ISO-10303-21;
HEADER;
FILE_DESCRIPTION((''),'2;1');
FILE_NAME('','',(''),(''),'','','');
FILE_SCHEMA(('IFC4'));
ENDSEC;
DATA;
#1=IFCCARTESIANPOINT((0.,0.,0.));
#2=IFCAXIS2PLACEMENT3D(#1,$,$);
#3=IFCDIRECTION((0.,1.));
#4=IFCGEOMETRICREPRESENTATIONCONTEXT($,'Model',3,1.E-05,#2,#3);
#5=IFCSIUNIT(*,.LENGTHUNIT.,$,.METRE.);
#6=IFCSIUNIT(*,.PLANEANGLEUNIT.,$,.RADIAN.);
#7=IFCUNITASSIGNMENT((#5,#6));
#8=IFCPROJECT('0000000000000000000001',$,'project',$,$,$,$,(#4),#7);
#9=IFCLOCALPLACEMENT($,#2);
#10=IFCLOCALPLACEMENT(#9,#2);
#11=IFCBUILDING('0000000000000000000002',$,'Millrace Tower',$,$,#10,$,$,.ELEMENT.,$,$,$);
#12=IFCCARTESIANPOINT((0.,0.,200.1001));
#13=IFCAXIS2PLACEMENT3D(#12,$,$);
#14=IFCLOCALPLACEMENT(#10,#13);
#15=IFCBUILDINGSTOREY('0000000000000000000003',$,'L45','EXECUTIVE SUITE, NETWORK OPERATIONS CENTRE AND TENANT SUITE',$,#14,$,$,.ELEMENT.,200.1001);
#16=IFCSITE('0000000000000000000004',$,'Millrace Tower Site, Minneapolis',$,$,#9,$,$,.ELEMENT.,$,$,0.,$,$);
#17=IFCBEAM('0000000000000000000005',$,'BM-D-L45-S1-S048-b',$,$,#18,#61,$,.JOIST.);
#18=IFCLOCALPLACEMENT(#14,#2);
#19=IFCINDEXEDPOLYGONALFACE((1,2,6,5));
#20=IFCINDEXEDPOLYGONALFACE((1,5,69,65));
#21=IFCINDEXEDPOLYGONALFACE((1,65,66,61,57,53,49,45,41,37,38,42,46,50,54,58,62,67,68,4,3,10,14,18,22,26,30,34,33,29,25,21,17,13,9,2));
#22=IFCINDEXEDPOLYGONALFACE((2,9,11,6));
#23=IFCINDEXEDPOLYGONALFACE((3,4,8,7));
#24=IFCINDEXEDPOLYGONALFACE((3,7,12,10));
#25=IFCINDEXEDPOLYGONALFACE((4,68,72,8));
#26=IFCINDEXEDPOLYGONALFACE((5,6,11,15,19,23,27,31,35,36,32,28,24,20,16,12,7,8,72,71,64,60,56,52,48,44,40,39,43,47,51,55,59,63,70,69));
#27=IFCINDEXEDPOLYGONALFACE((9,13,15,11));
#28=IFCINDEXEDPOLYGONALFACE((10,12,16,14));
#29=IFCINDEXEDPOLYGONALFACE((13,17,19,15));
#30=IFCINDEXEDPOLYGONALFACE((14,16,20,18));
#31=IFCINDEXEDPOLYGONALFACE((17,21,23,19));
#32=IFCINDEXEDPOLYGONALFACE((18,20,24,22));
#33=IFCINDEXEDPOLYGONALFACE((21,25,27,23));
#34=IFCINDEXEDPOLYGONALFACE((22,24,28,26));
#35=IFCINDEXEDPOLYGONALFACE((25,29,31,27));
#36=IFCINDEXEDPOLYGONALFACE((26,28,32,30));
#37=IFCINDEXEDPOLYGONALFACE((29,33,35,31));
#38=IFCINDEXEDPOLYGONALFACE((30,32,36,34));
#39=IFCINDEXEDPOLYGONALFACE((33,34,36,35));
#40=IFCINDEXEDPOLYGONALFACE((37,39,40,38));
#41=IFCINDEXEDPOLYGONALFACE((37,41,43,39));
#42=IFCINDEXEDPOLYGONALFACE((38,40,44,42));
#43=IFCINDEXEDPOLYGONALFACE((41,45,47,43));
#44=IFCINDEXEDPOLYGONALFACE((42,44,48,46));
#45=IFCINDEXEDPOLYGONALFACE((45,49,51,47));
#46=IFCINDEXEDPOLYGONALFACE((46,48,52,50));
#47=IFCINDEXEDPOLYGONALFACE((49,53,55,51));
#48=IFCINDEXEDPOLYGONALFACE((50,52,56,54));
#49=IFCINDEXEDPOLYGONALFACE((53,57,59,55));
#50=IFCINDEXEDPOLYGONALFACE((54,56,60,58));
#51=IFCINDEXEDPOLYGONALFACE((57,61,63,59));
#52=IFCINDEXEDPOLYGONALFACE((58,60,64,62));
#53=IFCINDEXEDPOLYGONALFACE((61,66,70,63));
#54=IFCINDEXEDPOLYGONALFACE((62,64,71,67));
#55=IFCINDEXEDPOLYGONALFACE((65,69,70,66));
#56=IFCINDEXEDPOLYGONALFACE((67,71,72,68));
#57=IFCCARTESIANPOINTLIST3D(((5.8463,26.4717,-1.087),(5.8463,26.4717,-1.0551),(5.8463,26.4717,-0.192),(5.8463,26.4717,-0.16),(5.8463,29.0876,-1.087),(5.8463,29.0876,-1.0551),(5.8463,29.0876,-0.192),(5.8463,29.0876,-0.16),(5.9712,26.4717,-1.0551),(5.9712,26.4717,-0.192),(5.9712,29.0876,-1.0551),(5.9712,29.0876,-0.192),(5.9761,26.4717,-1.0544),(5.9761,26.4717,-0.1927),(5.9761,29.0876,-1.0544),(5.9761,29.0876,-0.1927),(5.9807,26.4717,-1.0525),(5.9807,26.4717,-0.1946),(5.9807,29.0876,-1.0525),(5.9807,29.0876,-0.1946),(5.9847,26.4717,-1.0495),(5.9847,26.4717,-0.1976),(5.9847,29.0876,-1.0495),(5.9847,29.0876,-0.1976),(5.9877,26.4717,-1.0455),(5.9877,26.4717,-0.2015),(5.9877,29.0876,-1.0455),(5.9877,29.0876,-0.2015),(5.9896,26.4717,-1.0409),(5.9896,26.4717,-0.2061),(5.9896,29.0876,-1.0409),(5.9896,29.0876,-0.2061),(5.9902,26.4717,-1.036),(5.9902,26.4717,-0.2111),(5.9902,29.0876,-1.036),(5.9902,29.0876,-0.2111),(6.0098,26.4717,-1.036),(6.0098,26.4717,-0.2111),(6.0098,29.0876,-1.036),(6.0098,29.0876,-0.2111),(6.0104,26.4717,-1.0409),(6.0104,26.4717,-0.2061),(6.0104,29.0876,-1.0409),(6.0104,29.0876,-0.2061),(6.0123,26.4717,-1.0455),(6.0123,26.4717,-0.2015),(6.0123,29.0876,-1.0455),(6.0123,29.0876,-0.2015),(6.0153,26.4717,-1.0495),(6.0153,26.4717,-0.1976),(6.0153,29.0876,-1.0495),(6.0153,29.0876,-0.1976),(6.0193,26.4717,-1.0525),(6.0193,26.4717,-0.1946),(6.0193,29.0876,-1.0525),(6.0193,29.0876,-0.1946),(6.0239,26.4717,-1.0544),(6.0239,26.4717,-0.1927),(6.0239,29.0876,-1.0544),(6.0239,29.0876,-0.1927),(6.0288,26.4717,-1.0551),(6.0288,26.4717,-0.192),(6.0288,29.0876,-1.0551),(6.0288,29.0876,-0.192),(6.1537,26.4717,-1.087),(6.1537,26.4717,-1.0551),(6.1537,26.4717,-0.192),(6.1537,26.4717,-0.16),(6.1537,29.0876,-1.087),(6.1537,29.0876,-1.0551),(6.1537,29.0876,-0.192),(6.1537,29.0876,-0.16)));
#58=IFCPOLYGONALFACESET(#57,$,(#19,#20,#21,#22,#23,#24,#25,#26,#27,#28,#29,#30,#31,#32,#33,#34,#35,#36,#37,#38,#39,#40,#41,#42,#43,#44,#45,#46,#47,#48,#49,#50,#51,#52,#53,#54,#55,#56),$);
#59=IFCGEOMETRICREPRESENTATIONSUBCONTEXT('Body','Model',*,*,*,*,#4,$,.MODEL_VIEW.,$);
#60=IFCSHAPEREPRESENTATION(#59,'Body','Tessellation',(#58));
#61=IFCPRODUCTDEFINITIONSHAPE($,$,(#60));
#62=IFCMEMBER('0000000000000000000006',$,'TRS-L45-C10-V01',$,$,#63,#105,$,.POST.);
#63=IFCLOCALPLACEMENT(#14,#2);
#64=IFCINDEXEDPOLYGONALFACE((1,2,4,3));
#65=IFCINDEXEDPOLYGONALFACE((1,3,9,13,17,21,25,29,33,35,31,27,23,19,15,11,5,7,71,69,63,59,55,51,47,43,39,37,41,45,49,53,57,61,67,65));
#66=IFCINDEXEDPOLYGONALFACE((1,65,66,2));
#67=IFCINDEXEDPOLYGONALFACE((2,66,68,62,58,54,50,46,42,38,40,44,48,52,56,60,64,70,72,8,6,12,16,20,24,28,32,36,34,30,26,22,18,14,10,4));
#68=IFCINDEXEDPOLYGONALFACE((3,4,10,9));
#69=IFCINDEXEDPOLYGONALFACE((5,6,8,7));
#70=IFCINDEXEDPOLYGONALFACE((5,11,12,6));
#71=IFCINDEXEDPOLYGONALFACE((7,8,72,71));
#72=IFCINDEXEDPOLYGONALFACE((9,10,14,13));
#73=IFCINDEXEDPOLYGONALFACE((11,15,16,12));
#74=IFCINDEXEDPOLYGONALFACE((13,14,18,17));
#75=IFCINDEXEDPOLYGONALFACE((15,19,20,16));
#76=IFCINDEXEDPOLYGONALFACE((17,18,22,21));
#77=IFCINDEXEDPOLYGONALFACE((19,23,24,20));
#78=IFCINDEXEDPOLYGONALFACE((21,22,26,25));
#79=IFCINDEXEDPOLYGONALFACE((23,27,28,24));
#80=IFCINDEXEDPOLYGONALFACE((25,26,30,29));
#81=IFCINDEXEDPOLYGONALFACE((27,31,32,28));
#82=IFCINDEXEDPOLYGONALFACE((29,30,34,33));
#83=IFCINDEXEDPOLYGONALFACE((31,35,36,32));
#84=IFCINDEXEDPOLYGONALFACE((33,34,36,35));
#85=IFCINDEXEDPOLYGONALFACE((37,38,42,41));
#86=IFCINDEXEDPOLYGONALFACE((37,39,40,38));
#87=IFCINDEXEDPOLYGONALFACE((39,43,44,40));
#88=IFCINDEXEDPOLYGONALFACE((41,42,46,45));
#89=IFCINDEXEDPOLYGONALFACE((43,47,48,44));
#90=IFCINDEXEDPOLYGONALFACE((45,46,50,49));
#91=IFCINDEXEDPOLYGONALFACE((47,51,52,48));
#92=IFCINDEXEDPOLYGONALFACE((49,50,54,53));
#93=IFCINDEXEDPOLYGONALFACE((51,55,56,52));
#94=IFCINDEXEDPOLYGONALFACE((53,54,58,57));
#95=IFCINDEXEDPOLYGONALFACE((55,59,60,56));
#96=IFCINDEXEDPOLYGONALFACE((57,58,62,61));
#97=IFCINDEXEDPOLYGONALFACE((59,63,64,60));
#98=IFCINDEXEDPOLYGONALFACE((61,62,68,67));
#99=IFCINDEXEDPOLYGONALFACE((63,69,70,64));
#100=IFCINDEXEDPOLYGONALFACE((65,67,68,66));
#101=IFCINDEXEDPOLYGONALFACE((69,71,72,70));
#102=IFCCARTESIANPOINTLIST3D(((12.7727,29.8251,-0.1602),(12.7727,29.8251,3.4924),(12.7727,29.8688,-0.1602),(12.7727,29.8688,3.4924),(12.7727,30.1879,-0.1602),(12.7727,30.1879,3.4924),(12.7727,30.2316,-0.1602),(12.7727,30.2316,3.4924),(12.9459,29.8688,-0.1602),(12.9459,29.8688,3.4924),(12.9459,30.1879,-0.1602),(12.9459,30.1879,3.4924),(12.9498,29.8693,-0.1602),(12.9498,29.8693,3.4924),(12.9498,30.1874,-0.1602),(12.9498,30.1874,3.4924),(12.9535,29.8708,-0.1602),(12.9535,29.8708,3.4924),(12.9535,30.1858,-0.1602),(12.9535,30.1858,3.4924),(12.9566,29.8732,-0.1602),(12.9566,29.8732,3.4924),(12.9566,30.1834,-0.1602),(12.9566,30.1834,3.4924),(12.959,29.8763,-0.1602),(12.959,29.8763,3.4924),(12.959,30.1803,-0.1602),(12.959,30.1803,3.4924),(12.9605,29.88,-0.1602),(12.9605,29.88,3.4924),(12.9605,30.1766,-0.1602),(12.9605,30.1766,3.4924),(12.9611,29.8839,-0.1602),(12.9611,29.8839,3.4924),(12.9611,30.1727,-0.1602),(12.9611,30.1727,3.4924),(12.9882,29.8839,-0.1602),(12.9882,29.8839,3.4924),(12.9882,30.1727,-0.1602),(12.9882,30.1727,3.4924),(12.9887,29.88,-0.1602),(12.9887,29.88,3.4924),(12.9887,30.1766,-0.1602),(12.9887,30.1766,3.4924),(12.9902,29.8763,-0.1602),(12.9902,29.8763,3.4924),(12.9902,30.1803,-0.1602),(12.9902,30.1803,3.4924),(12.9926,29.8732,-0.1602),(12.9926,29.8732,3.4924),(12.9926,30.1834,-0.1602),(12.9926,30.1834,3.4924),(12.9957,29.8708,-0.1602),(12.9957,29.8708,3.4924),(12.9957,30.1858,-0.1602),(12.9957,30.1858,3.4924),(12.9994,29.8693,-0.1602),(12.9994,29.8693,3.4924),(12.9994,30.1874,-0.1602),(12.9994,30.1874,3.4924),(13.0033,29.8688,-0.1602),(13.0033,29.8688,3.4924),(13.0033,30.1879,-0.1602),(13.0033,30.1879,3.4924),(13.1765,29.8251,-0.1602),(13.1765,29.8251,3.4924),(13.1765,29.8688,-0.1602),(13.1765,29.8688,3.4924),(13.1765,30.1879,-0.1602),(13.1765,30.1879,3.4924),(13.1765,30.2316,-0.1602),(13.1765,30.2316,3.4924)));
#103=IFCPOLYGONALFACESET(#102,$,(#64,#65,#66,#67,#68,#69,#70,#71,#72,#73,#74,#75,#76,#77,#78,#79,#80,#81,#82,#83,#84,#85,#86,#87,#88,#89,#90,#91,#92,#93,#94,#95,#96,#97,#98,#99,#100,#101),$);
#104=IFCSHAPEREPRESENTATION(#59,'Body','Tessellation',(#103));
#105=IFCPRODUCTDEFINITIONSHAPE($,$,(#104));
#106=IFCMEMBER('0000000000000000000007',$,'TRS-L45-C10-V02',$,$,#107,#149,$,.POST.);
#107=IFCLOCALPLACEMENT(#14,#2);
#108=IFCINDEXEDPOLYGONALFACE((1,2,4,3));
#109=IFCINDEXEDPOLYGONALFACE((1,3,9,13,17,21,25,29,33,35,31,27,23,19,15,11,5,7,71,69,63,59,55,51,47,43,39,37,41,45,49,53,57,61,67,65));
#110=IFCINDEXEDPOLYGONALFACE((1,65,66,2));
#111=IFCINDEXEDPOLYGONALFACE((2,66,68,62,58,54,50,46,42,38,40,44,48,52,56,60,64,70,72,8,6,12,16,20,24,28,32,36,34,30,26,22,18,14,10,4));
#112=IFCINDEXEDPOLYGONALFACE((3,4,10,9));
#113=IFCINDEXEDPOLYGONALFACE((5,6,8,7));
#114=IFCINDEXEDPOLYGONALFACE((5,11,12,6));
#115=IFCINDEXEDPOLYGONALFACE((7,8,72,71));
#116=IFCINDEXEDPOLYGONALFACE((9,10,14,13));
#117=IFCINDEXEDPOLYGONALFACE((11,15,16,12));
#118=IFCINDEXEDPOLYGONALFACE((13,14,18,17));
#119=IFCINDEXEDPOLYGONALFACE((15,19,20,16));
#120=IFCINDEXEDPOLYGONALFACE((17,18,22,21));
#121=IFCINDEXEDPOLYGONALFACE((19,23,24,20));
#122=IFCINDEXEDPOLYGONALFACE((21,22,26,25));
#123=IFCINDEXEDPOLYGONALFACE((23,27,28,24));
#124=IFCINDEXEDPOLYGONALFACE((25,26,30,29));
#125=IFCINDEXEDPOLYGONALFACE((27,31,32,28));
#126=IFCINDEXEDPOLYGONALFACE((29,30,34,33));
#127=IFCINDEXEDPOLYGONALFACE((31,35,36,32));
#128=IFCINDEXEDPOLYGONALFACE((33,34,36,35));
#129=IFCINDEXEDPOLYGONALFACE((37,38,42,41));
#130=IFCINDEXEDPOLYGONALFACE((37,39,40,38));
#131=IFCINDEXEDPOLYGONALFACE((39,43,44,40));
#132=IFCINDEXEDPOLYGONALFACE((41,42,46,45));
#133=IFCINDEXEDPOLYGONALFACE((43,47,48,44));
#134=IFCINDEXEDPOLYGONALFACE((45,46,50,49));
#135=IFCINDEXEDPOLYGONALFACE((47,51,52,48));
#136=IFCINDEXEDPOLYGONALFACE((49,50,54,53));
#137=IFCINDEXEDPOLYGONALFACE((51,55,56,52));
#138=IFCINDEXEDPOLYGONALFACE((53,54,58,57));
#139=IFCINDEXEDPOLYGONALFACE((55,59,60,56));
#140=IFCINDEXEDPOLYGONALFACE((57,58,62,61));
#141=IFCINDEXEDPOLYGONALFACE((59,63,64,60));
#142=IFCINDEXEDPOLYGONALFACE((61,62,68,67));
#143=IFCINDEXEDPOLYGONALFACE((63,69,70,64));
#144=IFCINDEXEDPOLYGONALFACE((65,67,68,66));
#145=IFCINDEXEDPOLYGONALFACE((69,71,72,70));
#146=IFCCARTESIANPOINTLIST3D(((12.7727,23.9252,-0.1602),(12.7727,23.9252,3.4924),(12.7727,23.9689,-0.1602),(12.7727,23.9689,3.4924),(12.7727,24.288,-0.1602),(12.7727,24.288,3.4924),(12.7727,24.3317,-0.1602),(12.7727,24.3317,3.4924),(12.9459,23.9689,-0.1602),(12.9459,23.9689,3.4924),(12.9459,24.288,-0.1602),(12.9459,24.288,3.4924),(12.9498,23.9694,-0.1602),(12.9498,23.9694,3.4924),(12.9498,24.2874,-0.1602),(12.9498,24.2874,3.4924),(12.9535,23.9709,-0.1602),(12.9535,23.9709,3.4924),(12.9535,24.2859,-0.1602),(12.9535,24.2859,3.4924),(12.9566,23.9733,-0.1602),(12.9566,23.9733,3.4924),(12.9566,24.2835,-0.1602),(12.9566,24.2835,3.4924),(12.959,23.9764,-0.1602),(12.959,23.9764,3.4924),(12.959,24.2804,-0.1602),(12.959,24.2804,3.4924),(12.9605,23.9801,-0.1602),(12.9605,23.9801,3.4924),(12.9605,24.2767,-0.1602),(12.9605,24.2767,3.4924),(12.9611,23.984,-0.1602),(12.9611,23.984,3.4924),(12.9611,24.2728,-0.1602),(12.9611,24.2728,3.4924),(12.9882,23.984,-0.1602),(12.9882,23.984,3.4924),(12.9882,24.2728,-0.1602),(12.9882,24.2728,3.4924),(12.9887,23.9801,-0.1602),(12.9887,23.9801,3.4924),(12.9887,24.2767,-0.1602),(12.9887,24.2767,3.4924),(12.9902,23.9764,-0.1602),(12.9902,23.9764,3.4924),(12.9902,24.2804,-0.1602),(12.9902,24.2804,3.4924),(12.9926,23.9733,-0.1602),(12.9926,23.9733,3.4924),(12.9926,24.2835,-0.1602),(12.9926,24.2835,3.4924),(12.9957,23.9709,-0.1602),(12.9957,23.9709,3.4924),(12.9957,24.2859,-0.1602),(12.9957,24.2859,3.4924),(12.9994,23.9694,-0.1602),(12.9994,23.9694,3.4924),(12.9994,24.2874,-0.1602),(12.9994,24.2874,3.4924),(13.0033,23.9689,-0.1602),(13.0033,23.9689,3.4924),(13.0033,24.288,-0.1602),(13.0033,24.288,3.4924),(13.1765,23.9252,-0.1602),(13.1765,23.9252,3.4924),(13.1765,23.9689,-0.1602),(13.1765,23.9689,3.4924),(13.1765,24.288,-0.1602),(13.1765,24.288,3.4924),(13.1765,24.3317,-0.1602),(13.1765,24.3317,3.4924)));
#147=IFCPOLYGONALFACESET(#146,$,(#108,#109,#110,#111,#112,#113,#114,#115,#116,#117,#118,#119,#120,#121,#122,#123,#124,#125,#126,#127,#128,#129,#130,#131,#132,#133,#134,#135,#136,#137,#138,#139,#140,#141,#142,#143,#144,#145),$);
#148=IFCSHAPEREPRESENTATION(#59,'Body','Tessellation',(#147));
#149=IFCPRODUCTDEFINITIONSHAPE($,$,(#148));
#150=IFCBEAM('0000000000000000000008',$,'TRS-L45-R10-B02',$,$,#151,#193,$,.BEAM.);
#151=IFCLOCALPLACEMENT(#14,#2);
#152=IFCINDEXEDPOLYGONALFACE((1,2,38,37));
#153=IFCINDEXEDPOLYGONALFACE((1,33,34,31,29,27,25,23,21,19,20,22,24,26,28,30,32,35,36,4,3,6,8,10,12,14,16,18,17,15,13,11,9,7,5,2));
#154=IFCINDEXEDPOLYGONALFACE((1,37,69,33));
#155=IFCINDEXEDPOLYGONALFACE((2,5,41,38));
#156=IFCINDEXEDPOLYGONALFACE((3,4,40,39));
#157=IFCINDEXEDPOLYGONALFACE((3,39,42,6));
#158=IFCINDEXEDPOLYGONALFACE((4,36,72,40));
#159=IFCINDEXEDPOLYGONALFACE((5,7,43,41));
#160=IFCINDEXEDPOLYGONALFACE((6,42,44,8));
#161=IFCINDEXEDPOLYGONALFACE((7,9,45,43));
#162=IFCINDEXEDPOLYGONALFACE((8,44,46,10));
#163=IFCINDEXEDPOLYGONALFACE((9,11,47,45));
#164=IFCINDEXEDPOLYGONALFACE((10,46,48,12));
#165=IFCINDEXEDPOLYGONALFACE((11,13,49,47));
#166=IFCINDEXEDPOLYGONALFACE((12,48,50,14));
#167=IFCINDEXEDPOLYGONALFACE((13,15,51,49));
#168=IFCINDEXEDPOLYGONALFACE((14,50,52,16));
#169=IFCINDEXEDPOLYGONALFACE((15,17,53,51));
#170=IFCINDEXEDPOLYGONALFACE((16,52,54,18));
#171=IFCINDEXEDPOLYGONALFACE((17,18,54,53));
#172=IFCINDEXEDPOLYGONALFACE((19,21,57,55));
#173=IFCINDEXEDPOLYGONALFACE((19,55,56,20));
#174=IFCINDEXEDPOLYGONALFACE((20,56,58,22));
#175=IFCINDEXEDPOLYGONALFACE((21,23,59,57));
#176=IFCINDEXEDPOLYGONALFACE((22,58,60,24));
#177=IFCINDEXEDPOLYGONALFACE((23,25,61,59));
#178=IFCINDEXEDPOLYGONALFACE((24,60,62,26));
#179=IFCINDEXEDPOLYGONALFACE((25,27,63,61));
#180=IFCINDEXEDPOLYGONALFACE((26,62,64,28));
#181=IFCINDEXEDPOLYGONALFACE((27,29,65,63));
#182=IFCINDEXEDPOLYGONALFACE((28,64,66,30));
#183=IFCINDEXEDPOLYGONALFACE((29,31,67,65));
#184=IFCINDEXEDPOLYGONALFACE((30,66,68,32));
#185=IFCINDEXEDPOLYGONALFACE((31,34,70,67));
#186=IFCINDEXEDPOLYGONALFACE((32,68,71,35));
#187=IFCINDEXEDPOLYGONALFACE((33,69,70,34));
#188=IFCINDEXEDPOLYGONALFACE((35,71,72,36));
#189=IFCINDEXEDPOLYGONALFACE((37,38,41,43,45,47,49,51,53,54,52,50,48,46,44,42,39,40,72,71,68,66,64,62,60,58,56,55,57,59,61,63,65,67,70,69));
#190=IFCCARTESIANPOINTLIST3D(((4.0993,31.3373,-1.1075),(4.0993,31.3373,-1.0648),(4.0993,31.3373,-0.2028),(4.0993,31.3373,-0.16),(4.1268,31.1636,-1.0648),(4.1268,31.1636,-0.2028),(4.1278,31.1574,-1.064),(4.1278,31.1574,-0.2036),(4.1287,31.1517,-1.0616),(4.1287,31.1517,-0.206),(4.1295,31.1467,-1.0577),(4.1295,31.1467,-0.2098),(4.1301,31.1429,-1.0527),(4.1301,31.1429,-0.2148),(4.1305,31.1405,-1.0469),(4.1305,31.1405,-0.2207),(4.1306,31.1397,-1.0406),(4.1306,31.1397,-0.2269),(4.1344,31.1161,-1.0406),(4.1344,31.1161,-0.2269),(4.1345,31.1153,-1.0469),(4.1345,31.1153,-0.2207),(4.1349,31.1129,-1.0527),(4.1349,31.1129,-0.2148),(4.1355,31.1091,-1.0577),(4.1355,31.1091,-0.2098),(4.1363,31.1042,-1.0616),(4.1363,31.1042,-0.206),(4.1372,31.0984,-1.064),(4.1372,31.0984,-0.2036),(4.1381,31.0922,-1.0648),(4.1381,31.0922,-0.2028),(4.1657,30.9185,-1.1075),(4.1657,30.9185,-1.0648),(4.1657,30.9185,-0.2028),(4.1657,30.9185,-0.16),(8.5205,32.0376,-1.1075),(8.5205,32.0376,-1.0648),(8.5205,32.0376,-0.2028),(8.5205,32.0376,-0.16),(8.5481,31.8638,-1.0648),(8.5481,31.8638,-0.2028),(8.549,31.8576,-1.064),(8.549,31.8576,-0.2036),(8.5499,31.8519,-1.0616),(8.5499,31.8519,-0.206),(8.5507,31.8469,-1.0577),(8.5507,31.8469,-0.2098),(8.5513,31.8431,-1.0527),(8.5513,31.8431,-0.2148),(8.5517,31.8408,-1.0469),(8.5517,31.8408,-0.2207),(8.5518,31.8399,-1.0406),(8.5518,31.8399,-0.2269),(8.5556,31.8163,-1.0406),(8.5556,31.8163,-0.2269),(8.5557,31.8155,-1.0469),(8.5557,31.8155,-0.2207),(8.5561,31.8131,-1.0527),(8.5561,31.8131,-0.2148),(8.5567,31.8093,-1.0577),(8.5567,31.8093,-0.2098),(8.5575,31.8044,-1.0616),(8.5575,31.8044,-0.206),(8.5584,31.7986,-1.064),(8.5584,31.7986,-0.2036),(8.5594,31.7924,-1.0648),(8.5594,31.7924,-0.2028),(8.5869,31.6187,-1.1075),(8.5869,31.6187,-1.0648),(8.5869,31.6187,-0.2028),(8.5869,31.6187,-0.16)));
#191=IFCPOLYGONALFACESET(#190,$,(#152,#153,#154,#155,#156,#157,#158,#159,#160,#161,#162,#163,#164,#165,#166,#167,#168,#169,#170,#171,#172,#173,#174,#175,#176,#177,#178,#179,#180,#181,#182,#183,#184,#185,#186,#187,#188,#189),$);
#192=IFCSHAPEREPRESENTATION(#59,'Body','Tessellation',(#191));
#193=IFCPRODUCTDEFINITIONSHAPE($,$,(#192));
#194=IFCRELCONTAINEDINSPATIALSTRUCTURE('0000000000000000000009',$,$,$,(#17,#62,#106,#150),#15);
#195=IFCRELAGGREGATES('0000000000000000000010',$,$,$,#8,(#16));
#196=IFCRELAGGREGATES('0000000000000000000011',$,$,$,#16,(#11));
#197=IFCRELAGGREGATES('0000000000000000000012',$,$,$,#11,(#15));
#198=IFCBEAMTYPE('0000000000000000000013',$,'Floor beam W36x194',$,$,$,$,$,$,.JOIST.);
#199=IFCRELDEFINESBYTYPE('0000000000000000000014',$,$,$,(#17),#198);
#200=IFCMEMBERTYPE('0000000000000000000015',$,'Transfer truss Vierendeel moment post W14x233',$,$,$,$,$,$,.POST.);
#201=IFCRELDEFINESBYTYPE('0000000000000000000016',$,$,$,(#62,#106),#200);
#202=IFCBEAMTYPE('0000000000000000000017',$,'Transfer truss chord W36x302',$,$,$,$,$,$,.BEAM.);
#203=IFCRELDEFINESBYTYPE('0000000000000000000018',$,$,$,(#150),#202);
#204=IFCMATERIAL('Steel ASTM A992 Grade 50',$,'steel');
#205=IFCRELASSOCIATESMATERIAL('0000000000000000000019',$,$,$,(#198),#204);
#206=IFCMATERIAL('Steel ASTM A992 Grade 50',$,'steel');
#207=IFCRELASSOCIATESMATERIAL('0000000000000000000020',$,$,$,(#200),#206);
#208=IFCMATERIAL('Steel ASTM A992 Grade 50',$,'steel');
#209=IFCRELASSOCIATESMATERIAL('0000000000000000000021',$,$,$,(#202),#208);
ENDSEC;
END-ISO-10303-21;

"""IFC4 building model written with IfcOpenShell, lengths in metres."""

from ifc_helpers import new_model, si_unit, direction, frame, origin, origin_2d, place, context, subcontext, project, spatial, i_section, extrude, material, material_profile, profile_set, type_object, element, save


model = new_model("IFC4")

# Units and contexts
model_context = context("Model", 3, precision=1e-05, world=origin(), true_north=direction((0.0, 1.0)))
body_context = subcontext(model_context, "Body", "Model", "MODEL_VIEW")
ifc_project = project(units=[si_unit("LENGTHUNIT", "METRE"), si_unit("PLANEANGLEUNIT", "RADIAN")], contexts=[model_context])

# Site, building, storey
site_placement = place(None, origin())
site = spatial("IfcSite", under=ifc_project, at=site_placement, Name="Millrace Tower Site, Minneapolis", CompositionType="ELEMENT", RefElevation=0.0)
building_placement = place(site_placement, origin())
building = spatial("IfcBuilding", under=site, at=building_placement, Name="Millrace Tower", CompositionType="ELEMENT")
storey_placement = place(building_placement, frame((0.0, 0.0, 200.1001)))
storey = spatial("IfcBuildingStorey", under=building, at=storey_placement, Name="L45", Description="EXECUTIVE SUITE, NETWORK OPERATIONS CENTRE AND TENANT SUITE", CompositionType="ELEMENT", Elevation=200.1001)

# Beam
ifc_material_1 = material(Name="Steel ASTM A992 Grade 50", Category="steel")
ifc_material_profile_1 = material_profile(ifc_material_1, i_section(OverallWidth=0.3074, OverallDepth=0.927, WebThickness=0.0195, FlangeThickness=0.032, FilletRadius=0.019, at=origin_2d()))
ifc_profile_set_1 = profile_set([ifc_material_profile_1], Name="Steel ASTM A992 Grade 50")
beam_type_1 = type_object("IfcBeamType", Name="Floor beam W36x194", PredefinedType="JOIST", material=ifc_profile_set_1)
beam_1_placement = place(storey_placement, frame((6.0, 26.4717, -0.6235), z_axis=(0.0, 1.0, 0.0), x_axis=(-1.0, 0.0, 0.0)))
element("IfcBeam", 1, at=beam_1_placement, inside=storey, type_object=beam_type_1, Name="BM-D-L45-S1-S048-b", PredefinedType="JOIST", context=body_context, shape_type="SweptSolid", body=[
    extrude(i_section(OverallWidth=0.3074, OverallDepth=0.927, WebThickness=0.0195, FlangeThickness=0.032, FilletRadius=0.019, at=origin_2d()), origin(), (0.0, 0.0, 1.0), 2.616),
])

# Members
ifc_material_2 = material(Name="Steel ASTM A992 Grade 50", Category="steel")
ifc_material_profile_2 = material_profile(ifc_material_2, i_section(OverallWidth=0.4038, OverallDepth=0.4065, WebThickness=0.0271, FlangeThickness=0.0437, FilletRadius=0.0151, at=origin_2d()))
ifc_profile_set_2 = profile_set([ifc_material_profile_2], Name="Steel ASTM A992 Grade 50")
member_type_1 = type_object("IfcMemberType", Name="Transfer truss Vierendeel moment post W14x233", PredefinedType="POST", material=ifc_profile_set_2)
for number, where, z_axis, x_axis, name in (
    (2, (12.9746, 30.0283, -0.1602), (0.0, 0.0, 1.0), (1.0, 0.0, 0.0), "TRS-L45-C10-V01"),
    (3, (12.9746, 24.1284, -0.1602), (0.0, 0.0, 1.0), (1.0, 0.0, 0.0), "TRS-L45-C10-V02"),
):
    element("IfcMember", number, at=place(storey_placement, frame(where, z_axis=z_axis, x_axis=x_axis)), inside=storey, type_object=member_type_1, Name=name, PredefinedType="POST", context=body_context, shape_type="SweptSolid", body=[
        extrude(i_section(OverallWidth=0.4038, OverallDepth=0.4065, WebThickness=0.0271, FlangeThickness=0.0437, FilletRadius=0.0151, at=origin_2d()), origin(), (0.0, 0.0, 1.0), 3.6526),
    ])

# Beam
ifc_material_3 = material(Name="Steel ASTM A992 Grade 50", Category="steel")
ifc_material_profile_3 = material_profile(ifc_material_3, i_section(OverallWidth=0.4241, OverallDepth=0.9475, WebThickness=0.0239, FlangeThickness=0.0427, FilletRadius=0.0242, at=origin_2d()))
ifc_profile_set_3 = profile_set([ifc_material_profile_3], Name="Steel ASTM A992 Grade 50")
beam_type_2 = type_object("IfcBeamType", Name="Transfer truss chord W36x302", PredefinedType="BEAM", material=ifc_profile_set_3)
for number, where, z_axis, x_axis, name in (
    (4, (8.5537, 31.8281, -0.6338), (-0.98769, -0.156425, 0.0), (0.156425, -0.98769, 0.0), "TRS-L45-R10-B02"),
):
    element("IfcBeam", number, at=place(storey_placement, frame(where, z_axis=z_axis, x_axis=x_axis)), inside=storey, type_object=beam_type_2, Name=name, PredefinedType="BEAM", context=body_context, shape_type="SweptSolid", body=[
        extrude(i_section(OverallWidth=0.4241, OverallDepth=0.9475, WebThickness=0.0239, FlangeThickness=0.0427, FilletRadius=0.0242, at=origin_2d()), origin(), (0.0, 0.0, 1.0), 4.4763),
    ])

save(model, "model.ifc")
